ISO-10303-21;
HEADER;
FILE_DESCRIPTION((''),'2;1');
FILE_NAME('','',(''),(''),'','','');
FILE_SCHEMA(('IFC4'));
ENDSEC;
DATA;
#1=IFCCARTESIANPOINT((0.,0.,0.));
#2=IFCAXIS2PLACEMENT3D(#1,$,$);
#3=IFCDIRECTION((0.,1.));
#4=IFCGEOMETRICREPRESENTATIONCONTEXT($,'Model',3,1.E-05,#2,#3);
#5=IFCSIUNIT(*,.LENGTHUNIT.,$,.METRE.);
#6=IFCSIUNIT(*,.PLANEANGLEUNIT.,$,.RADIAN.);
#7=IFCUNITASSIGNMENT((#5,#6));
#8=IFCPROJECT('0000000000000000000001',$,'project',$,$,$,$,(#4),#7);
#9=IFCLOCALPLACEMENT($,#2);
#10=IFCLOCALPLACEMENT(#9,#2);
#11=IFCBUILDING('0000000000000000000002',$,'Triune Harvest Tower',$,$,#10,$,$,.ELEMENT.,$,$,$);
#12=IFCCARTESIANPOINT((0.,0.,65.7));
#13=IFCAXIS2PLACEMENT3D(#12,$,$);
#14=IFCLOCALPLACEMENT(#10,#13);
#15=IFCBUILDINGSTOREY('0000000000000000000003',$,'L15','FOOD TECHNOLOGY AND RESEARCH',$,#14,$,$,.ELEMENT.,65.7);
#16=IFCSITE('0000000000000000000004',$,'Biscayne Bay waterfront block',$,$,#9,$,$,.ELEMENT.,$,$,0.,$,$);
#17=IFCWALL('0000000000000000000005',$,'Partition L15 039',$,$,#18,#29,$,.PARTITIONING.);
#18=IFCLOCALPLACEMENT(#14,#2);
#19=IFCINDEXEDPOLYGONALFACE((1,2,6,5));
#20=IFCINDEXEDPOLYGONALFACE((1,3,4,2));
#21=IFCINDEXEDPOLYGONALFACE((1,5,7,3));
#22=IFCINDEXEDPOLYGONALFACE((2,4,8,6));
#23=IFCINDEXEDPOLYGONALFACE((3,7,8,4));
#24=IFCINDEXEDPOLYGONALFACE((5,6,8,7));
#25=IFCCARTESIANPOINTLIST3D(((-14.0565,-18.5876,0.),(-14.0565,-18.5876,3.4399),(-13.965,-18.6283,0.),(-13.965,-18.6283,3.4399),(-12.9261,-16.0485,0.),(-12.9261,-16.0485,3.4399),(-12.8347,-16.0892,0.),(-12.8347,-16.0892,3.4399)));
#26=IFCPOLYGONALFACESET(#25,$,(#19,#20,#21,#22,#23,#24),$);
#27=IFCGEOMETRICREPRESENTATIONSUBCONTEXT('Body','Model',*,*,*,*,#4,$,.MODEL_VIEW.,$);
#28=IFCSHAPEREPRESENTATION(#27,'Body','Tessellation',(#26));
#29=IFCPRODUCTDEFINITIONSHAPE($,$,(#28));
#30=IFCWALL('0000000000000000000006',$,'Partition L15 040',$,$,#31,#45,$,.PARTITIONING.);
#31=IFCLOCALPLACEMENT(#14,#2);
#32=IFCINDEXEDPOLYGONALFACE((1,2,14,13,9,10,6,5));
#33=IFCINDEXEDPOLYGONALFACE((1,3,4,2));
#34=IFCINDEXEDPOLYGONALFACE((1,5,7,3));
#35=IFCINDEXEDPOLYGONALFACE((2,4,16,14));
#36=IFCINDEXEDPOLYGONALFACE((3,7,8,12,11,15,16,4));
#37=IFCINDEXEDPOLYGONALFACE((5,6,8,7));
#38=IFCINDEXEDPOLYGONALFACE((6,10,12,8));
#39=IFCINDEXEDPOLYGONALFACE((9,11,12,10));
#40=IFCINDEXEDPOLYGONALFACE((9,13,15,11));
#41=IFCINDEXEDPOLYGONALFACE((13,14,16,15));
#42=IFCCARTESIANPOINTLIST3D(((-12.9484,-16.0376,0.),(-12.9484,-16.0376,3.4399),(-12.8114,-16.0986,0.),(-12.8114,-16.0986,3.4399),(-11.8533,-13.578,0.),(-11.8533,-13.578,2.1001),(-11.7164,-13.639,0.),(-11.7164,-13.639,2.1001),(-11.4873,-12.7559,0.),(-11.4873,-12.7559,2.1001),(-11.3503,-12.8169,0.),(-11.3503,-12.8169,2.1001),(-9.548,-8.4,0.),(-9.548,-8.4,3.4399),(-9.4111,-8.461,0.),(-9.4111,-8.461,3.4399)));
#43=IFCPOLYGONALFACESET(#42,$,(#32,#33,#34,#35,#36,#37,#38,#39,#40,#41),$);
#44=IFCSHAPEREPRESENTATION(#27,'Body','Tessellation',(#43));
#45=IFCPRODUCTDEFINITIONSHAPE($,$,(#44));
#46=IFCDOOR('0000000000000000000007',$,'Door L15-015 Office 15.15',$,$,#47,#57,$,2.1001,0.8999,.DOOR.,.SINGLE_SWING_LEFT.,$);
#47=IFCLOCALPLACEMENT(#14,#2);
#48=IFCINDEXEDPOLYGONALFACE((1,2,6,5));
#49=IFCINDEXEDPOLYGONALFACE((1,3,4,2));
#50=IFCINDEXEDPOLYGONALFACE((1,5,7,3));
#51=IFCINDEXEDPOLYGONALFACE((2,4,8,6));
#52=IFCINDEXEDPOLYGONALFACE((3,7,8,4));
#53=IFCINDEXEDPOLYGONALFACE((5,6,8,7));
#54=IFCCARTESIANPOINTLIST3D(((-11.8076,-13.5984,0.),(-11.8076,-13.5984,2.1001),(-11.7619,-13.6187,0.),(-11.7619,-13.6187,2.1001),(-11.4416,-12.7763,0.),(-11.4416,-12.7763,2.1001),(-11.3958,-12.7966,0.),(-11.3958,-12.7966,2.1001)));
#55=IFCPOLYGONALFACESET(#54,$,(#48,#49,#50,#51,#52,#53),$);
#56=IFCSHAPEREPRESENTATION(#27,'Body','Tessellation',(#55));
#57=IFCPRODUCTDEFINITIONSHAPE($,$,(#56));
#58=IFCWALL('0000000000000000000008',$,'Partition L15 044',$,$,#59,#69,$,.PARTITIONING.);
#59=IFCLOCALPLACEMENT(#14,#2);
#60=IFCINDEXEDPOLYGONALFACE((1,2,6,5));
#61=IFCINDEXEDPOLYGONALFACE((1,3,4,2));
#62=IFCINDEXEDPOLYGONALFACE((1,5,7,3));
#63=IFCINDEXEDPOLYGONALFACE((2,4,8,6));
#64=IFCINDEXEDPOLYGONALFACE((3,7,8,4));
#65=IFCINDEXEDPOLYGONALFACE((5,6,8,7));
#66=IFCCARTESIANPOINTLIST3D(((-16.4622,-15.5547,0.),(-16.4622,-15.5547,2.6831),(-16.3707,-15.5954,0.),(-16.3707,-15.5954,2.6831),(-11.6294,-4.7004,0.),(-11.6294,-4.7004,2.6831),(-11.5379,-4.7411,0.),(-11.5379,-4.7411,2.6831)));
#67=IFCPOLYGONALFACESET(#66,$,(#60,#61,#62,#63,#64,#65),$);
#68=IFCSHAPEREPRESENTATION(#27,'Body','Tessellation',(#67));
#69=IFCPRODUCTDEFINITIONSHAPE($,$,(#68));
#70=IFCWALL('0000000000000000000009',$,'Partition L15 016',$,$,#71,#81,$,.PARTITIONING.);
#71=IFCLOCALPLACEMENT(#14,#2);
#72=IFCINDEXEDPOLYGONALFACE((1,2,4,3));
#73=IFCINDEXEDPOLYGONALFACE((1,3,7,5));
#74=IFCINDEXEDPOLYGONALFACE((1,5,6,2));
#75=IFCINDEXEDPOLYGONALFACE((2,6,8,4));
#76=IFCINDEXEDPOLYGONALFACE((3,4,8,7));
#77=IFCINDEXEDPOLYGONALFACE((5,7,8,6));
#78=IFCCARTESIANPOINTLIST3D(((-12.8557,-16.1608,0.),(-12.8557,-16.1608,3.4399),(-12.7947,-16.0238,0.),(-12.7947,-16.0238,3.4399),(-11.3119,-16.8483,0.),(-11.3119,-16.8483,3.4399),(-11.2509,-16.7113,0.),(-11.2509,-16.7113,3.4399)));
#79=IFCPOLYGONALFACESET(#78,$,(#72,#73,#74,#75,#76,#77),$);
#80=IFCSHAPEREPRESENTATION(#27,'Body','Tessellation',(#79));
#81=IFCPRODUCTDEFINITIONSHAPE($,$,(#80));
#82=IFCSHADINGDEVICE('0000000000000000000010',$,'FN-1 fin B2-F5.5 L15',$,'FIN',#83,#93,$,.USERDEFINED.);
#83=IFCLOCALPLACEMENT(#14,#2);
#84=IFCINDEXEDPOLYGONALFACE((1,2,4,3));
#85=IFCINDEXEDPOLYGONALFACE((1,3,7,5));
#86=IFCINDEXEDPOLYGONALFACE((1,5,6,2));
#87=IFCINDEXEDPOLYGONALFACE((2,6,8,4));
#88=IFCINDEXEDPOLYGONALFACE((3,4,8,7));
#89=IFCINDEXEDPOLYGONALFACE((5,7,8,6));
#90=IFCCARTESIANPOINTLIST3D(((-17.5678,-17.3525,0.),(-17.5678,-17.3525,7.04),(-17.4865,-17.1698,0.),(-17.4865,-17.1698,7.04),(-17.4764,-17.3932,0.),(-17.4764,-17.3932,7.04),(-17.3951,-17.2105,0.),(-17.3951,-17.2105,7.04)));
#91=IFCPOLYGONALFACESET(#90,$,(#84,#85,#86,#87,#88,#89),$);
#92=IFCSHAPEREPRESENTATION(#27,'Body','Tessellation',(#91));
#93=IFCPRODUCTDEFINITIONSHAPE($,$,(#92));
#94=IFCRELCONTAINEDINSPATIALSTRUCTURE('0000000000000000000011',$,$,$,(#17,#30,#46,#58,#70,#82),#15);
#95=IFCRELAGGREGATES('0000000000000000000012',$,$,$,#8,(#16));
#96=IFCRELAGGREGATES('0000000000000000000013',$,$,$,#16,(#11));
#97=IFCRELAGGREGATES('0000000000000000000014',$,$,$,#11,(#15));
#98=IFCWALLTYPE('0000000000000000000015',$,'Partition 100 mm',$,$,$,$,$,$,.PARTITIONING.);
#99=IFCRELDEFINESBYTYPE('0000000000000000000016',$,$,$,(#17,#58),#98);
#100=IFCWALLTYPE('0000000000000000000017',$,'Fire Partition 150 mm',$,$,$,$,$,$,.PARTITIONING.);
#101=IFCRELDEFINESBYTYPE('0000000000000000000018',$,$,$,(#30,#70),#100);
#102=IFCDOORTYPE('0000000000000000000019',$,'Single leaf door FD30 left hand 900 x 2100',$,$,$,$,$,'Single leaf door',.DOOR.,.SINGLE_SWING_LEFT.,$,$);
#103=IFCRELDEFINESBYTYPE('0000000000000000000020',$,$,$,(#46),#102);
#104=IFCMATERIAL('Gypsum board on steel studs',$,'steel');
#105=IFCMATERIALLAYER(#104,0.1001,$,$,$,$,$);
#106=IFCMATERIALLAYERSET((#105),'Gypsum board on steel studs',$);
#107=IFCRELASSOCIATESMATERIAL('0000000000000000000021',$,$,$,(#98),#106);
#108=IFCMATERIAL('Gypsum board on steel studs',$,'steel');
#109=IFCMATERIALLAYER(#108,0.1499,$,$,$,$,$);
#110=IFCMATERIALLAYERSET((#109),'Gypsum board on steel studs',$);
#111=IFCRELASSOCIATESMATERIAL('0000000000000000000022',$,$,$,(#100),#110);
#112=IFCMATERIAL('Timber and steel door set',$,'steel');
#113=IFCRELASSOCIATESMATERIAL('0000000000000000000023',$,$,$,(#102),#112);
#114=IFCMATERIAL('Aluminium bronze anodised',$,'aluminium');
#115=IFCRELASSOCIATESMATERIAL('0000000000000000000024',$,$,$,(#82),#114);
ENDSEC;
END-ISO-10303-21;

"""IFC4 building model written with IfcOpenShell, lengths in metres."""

from ifc_helpers import new_model, si_unit, direction, frame, frame_2d, origin, origin_2d, place, context, subcontext, project, spatial, rectangle, extrude, source, transform, mapped, material, layer, layer_set, type_object, element, fill, save


model = new_model("IFC4")

# Units and contexts
model_context = context("Model", 3, precision=1e-05, world=origin(), true_north=direction((0.0, 1.0)))
body_context = subcontext(model_context, "Body", "Model", "MODEL_VIEW")
ifc_project = project(units=[si_unit("LENGTHUNIT", "METRE"), si_unit("PLANEANGLEUNIT", "RADIAN")], contexts=[model_context])

# Site, building, storey
site_placement = place(None, origin())
site = spatial("IfcSite", under=ifc_project, at=site_placement, Name="Biscayne Bay waterfront block", CompositionType="ELEMENT", RefElevation=0.0)
building_placement = place(site_placement, origin())
building = spatial("IfcBuilding", under=site, at=building_placement, Name="Triune Harvest Tower", CompositionType="ELEMENT")
storey_placement = place(building_placement, frame((0.0, 0.0, 65.7)))
storey = spatial("IfcBuildingStorey", under=building, at=storey_placement, Name="L15", Description="FOOD TECHNOLOGY AND RESEARCH", CompositionType="ELEMENT", Elevation=65.7)

# Shared definitions
ifc_material_1 = material(Name="Gypsum board on steel studs", Category="steel")
ifc_layer_1 = layer(ifc_material_1, 0.1001)
ifc_layer_set_1 = layer_set([ifc_layer_1], Name="Gypsum board on steel studs")
wall_type_1 = type_object("IfcWallType", Name="Partition 100 mm", PredefinedType="PARTITIONING", material=ifc_layer_set_1)

# Shared definitions
ifc_material_2 = material(Name="Gypsum board on steel studs", Category="steel")
ifc_layer_2 = layer(ifc_material_2, 0.1499)
ifc_layer_set_2 = layer_set([ifc_layer_2], Name="Gypsum board on steel studs")
wall_type_2 = type_object("IfcWallType", Name="Fire Partition 150 mm", PredefinedType="PARTITIONING", material=ifc_layer_set_2)

# Wall
shared_shape_1 = source(origin(), body_context, "Body", "SweptSolid", [
    extrude(rectangle(XDim=2.7793, YDim=0.1001, at=frame_2d((1.3896, 0.0))), origin(), (0.0, 0.0, 1.0), 3.4399),
])
wall_1_placement = place(storey_placement, frame((-14.0107, -18.6079, 0.0), z_axis=(0.0, 0.0, 1.0), x_axis=(0.406709, 0.913558, 0.0)))
element("IfcWall", 1, at=wall_1_placement, inside=storey, type_object=wall_type_1, Name="Partition L15 039", PredefinedType="PARTITIONING", context=body_context, shape_type="MappedRepresentation", body=[
    mapped(shared_shape_1, transform((0.0, 0.0, 0.0), scale=1.0)),
])

# Wall, opening, door
shared_shape_2 = source(origin(), body_context, "Body", "SweptSolid", [
    extrude(rectangle(XDim=8.3604, YDim=0.1499, at=frame_2d((4.1802, 0.0))), origin(), (0.0, 0.0, 1.0), 3.4399),
])
wall_2_placement = place(storey_placement, frame((-12.8799, -16.0681, 0.0), z_axis=(0.0, 0.0, 1.0), x_axis=(0.406724, 0.913551, 0.0)))
wall_2 = element("IfcWall", 2, at=wall_2_placement, inside=storey, type_object=wall_type_2, Name="Partition L15 040", PredefinedType="PARTITIONING", context=body_context, shape_type="MappedRepresentation", body=[
    mapped(shared_shape_2, transform((0.0, 0.0, 0.0), scale=1.0)),
])
opening_1_placement = place(wall_2_placement, frame((2.6924, 0.0, 0.0)))
opening_1 = element("IfcOpeningElement", 3, at=opening_1_placement, cuts=wall_2, PredefinedType="OPENING", context=body_context, shape_type="SweptSolid", body=[
    extrude(rectangle(XDim=0.8999, YDim=2.1001, at=frame_2d((0.45, 1.05))), frame((0.0, 0.085, 0.0), z_axis=(0.0, -1.0, 0.0), x_axis=(1.0, 0.0, 0.0)), (0.0, 0.0, 1.0), 0.1699),
])
ifc_material_3 = material(Name="Timber and steel door set", Category="steel")
door_type_1 = type_object("IfcDoorType", Name="Single leaf door FD30 left hand 900 x 2100", ElementType="Single leaf door", OperationType="SINGLE_SWING_LEFT", PredefinedType="DOOR", material=ifc_material_3)
door_1_placement = place(opening_1_placement, origin())
door_1 = element("IfcDoor", 4, at=door_1_placement, inside=storey, type_object=door_type_1, Name="Door L15-015 Office 15.15", OperationType="SINGLE_SWING_LEFT", OverallHeight=2.1001, OverallWidth=0.8999, PredefinedType="DOOR", context=body_context, shape_type="SweptSolid", body=[
    extrude(rectangle(XDim=0.8999, YDim=2.1001, at=frame_2d((0.45, 1.05))), frame((0.0, 0.0249, 0.0), z_axis=(0.0, -1.0, 0.0), x_axis=(1.0, 0.0, 0.0)), (0.0, 0.0, 1.0), 0.05),
])
fill(opening_1, door_1)

# Walls
shared_shape_3 = source(origin(), body_context, "Body", "SweptSolid", [
    extrude(rectangle(XDim=11.8816, YDim=0.1001, at=frame_2d((5.9409, 0.0))), origin(), (0.0, 0.0, 1.0), 2.6831),
])
wall_3_placement = place(storey_placement, frame((-16.4165, -15.5752, 0.0), z_axis=(0.0, 0.0, 1.0), x_axis=(0.406747, 0.913541, 0.0)))
element("IfcWall", 5, at=wall_3_placement, inside=storey, type_object=wall_type_1, Name="Partition L15 044", PredefinedType="PARTITIONING", context=body_context, shape_type="MappedRepresentation", body=[
    mapped(shared_shape_3, transform((0.0, 0.0, 0.0), scale=1.0)),
])
shared_shape_4 = source(origin(), body_context, "Body", "SweptSolid", [
    extrude(rectangle(XDim=1.6899, YDim=0.1499, at=frame_2d((0.845, 0.0))), origin(), (0.0, 0.0, 1.0), 3.4399),
])
wall_4_placement = place(storey_placement, frame((-12.8252, -16.0923, 0.0), z_axis=(0.0, 0.0, 1.0), x_axis=(0.913501, -0.406835, 0.0)))
element("IfcWall", 6, at=wall_4_placement, inside=storey, type_object=wall_type_2, Name="Partition L15 016", PredefinedType="PARTITIONING", context=body_context, shape_type="MappedRepresentation", body=[
    mapped(shared_shape_4, transform((0.0, 0.0, 0.0), scale=1.0)),
])

# Shading device
ifc_material_4 = material(Name="Aluminium bronze anodised", Category="aluminium")
shared_shape_5 = source(origin(), body_context, "Body", "SweptSolid", [
    extrude(rectangle(XDim=0.1001, YDim=0.2, at=origin_2d()), origin(), (0.0, 0.0, 1.0), 7.04),
])
shading_device_placement = place(storey_placement, frame((-17.4814, -17.2815, 0.0), z_axis=(0.0, 0.0, 1.0), x_axis=(0.913545, -0.406737, 0.0)))
element("IfcShadingDevice", 7, at=shading_device_placement, inside=storey, material=ifc_material_4, Name="FN-1 fin B2-F5.5 L15", ObjectType="FIN", PredefinedType="USERDEFINED", context=body_context, shape_type="MappedRepresentation", body=[
    mapped(shared_shape_5, transform((0.0, 0.0, 0.0), scale=1.0)),
])

save(model, "model.ifc")
